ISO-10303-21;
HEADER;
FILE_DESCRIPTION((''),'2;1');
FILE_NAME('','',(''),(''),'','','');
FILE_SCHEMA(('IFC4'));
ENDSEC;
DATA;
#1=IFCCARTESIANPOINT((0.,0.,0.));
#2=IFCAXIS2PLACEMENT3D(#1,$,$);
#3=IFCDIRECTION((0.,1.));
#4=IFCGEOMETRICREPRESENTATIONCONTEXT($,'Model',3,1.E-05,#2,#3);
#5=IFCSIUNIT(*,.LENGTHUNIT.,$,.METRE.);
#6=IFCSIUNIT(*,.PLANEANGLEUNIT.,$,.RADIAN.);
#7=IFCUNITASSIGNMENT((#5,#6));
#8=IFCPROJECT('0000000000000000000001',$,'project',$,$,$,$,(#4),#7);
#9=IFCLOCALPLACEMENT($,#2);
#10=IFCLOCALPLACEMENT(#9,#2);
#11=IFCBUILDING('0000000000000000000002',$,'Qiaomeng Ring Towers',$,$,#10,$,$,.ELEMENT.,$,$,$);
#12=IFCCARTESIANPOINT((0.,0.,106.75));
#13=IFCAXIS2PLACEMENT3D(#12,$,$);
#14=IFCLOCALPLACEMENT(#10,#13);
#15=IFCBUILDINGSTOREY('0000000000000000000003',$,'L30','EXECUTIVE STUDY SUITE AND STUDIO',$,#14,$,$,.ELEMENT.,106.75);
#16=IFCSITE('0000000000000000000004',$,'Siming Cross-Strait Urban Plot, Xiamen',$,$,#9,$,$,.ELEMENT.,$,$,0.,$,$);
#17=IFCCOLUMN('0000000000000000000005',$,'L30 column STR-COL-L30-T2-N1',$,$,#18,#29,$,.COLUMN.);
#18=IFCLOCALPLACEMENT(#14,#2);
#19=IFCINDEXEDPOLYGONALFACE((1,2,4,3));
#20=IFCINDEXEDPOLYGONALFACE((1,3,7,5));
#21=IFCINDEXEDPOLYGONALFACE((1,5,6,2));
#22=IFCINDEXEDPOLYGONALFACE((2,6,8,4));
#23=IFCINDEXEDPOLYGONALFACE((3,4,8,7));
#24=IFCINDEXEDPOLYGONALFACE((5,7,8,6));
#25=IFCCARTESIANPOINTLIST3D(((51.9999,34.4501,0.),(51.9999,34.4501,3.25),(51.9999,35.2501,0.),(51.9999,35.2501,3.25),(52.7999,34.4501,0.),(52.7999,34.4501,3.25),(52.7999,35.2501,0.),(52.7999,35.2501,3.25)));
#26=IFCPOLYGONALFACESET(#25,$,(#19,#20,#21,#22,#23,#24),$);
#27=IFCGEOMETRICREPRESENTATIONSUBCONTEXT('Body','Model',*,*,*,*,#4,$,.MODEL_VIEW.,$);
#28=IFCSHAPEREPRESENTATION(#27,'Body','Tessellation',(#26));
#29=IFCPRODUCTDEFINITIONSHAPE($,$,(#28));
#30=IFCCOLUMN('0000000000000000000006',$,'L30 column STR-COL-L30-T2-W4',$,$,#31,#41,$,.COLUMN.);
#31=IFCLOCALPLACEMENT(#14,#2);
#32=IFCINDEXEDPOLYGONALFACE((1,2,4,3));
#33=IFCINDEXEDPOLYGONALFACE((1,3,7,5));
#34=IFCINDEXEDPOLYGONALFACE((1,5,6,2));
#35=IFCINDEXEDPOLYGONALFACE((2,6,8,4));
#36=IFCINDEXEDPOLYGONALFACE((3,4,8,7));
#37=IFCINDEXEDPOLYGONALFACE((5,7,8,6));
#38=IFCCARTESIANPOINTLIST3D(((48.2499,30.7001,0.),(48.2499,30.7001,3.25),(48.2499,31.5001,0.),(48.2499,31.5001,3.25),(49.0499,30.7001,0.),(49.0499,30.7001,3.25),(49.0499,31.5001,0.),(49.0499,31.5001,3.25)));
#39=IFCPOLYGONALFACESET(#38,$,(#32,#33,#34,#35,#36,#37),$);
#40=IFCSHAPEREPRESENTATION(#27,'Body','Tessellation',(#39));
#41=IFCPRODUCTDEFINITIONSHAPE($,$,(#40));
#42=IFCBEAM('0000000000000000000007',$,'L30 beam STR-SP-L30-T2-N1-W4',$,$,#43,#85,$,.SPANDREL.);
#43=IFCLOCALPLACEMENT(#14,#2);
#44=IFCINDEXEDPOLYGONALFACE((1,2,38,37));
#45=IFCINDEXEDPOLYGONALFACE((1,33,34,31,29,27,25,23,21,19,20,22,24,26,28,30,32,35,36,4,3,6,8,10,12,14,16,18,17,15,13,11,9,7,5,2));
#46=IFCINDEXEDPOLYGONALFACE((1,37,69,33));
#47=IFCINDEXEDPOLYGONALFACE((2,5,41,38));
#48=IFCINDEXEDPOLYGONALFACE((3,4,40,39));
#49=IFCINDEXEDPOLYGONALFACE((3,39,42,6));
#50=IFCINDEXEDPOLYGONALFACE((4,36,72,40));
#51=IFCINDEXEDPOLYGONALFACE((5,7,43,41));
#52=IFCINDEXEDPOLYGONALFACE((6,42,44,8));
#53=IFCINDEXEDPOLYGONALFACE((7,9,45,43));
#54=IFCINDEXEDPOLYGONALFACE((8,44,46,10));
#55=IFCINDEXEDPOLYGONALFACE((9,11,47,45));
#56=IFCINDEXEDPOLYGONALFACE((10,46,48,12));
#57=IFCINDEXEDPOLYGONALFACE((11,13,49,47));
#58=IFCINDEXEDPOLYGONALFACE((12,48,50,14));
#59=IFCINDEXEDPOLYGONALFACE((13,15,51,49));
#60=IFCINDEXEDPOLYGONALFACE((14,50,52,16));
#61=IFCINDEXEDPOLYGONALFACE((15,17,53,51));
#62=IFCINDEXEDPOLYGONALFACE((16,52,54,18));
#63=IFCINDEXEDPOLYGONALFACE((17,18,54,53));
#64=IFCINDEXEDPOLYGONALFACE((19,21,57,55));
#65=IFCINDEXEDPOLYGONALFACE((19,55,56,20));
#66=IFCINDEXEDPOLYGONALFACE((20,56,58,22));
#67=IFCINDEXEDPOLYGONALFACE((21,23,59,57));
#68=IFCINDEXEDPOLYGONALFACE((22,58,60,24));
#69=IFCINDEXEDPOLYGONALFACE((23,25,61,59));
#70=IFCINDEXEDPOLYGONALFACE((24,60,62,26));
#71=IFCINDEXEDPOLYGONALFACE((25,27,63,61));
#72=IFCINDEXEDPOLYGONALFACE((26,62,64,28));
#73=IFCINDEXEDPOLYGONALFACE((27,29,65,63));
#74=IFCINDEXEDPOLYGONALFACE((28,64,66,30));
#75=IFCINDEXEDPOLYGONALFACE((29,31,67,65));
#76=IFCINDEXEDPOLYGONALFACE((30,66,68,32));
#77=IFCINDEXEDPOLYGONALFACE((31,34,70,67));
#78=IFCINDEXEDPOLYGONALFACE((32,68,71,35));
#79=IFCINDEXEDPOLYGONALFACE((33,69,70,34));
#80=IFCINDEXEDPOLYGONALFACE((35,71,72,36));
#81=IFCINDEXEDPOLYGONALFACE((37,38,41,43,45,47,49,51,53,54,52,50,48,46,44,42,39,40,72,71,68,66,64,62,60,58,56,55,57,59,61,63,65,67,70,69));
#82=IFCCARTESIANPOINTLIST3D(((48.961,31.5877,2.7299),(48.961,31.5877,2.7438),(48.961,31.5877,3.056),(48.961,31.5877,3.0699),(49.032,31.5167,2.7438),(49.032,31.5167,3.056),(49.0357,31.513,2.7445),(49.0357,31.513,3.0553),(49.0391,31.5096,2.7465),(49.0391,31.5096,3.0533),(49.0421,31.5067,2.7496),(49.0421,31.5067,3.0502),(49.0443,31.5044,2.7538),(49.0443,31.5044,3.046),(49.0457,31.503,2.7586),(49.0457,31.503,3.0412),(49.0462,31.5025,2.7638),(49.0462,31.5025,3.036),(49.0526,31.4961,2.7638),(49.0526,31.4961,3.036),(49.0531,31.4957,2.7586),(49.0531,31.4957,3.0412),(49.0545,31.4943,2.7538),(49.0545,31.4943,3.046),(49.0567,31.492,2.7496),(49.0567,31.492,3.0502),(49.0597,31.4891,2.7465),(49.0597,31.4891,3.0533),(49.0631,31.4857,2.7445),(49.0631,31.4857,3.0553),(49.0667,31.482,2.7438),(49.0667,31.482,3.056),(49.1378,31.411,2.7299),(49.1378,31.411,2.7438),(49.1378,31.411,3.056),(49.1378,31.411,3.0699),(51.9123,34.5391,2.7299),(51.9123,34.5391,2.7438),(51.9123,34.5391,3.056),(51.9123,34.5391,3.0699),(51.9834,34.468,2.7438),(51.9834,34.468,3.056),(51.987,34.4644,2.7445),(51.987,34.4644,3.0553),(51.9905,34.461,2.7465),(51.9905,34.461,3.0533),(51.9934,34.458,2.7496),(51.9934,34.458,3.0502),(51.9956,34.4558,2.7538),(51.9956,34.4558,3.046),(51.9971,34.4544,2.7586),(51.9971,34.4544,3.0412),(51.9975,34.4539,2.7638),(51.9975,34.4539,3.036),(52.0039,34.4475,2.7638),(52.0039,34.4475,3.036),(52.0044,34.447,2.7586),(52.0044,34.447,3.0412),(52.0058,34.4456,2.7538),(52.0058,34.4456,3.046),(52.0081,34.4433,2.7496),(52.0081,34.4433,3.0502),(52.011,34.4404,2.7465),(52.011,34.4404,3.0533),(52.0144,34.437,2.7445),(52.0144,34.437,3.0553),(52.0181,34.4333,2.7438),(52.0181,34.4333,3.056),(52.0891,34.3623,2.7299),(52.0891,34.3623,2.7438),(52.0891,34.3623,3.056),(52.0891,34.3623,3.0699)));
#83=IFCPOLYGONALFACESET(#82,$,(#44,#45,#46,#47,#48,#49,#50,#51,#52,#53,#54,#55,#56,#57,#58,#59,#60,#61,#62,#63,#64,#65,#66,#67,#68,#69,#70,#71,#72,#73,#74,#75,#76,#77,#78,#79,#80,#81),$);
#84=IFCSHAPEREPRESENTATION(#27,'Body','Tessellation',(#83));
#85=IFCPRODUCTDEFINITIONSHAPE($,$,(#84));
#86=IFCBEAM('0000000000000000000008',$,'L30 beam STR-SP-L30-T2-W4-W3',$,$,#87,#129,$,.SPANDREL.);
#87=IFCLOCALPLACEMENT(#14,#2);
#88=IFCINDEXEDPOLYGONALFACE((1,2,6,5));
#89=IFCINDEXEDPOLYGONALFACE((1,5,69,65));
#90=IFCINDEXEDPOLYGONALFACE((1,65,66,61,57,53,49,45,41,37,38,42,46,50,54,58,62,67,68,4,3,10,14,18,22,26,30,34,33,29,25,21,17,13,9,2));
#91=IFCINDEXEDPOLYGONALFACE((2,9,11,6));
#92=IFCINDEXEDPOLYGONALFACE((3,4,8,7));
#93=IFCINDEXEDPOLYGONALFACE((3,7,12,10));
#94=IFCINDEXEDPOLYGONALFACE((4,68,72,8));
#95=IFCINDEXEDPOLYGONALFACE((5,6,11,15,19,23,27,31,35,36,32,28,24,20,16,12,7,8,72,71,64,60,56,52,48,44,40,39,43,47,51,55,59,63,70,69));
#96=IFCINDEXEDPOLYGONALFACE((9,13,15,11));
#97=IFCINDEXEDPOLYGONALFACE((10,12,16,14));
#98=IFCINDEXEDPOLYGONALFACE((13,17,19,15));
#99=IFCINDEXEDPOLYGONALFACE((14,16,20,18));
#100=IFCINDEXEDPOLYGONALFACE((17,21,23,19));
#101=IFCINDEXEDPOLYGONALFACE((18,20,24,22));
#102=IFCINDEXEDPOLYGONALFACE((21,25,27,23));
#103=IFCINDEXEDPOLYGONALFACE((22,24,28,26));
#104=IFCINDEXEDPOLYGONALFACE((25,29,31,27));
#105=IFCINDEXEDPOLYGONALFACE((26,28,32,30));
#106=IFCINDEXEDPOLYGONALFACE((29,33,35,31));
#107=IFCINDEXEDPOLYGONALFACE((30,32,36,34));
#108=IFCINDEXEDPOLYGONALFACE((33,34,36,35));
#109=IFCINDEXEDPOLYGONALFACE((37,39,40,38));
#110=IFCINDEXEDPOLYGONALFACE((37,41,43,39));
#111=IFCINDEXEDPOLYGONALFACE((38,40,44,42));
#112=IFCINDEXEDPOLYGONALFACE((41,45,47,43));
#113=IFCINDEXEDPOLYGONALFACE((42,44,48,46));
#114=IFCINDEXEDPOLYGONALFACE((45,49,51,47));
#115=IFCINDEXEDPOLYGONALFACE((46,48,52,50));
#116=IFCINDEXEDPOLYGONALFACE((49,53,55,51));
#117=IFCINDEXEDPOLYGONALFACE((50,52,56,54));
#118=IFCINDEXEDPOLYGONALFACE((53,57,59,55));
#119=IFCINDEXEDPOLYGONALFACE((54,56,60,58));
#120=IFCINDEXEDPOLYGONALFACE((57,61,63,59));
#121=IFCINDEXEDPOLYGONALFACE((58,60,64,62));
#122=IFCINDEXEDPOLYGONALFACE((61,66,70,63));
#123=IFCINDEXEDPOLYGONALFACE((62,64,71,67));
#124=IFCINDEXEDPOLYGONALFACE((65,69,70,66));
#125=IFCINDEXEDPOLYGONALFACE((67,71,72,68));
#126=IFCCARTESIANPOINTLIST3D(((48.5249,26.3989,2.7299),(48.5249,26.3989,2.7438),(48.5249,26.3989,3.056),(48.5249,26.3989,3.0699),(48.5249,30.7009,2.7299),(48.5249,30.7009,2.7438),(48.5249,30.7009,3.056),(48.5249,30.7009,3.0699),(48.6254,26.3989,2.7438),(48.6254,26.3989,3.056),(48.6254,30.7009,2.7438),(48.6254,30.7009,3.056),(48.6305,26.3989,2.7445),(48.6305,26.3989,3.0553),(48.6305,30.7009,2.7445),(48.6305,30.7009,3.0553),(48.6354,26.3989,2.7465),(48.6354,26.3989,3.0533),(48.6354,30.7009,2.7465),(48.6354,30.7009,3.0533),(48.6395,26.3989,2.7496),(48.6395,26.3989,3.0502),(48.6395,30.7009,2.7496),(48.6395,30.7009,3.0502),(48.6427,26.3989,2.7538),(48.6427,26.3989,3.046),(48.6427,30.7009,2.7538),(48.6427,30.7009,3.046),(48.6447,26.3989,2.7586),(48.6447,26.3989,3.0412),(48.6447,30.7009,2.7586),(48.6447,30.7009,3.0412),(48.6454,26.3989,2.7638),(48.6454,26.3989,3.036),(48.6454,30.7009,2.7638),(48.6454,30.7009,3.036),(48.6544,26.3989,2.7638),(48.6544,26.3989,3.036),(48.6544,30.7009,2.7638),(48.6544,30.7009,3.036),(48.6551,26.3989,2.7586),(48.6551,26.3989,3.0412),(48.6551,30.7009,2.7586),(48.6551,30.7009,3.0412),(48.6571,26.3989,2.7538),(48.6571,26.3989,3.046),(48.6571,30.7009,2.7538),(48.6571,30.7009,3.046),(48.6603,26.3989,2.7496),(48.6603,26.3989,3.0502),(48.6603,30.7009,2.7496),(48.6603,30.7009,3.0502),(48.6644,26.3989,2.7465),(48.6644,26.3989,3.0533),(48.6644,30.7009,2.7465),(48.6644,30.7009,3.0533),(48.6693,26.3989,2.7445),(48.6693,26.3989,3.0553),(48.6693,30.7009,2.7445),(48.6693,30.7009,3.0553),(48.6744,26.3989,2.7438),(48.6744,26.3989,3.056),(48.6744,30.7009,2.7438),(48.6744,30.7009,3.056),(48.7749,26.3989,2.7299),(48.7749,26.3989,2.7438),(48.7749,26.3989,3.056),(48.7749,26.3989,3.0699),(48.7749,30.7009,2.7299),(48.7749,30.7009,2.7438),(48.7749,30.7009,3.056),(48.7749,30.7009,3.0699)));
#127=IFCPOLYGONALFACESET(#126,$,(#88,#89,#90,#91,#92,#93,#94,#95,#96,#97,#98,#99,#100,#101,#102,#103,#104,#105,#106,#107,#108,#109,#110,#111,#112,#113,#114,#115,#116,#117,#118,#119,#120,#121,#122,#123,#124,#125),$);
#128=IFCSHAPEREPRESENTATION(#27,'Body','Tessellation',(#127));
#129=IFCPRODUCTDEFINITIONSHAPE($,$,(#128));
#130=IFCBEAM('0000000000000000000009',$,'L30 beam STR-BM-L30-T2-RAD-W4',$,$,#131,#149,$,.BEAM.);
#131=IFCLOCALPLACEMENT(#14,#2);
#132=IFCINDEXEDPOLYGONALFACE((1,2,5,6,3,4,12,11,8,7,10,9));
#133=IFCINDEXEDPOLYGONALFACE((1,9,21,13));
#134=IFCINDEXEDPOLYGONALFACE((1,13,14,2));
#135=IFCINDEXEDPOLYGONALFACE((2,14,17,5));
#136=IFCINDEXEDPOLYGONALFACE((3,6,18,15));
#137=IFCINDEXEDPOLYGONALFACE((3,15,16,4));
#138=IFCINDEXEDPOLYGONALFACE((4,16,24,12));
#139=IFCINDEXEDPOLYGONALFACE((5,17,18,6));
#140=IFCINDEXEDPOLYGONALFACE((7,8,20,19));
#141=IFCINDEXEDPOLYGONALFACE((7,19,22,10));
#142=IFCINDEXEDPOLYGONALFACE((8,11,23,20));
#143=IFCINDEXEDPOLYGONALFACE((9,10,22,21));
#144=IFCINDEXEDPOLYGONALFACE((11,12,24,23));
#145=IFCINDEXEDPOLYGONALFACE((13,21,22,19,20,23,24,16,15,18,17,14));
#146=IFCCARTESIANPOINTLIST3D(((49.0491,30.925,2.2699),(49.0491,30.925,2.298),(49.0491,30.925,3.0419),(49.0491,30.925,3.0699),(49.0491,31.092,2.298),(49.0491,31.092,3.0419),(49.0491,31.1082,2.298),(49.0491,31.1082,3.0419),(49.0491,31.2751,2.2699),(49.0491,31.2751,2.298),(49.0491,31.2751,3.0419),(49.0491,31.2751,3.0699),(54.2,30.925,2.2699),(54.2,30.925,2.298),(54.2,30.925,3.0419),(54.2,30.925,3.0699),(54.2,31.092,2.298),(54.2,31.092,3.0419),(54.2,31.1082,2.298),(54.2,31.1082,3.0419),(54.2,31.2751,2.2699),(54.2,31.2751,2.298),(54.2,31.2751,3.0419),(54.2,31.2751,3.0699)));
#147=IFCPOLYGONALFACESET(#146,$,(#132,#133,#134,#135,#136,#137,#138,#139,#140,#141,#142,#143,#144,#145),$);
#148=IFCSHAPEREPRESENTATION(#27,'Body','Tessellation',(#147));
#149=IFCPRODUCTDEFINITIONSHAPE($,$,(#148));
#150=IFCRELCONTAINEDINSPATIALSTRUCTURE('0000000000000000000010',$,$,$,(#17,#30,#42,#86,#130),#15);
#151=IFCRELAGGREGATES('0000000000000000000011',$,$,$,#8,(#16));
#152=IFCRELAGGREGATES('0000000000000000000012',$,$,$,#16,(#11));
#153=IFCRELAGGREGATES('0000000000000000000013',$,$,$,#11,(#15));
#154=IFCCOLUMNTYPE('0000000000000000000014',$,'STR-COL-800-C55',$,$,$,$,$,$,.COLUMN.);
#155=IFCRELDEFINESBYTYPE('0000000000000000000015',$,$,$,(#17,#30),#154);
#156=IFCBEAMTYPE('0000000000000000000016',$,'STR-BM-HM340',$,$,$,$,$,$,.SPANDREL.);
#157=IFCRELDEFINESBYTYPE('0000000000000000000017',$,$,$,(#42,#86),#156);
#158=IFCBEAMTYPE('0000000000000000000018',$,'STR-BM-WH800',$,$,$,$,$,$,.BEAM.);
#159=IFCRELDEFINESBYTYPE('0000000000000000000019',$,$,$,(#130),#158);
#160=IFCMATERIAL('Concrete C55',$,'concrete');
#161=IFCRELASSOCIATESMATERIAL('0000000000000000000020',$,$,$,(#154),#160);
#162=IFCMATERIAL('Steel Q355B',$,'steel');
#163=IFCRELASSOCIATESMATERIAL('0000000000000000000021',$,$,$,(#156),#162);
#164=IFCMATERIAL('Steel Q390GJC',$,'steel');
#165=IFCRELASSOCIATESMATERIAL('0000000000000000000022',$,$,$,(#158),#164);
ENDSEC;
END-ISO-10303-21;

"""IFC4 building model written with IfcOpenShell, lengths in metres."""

from ifc_helpers import new_model, si_unit, direction, frame, origin, origin_2d, place, context, subcontext, project, spatial, rectangle, i_section, extrude, source, transform, mapped, material, material_profile, profile_set, type_object, element, save


model = new_model("IFC4")

# Units and contexts
model_context = context("Model", 3, precision=1e-05, world=origin(), true_north=direction((0.0, 1.0)))
body_context = subcontext(model_context, "Body", "Model", "MODEL_VIEW")
ifc_project = project(units=[si_unit("LENGTHUNIT", "METRE"), si_unit("PLANEANGLEUNIT", "RADIAN")], contexts=[model_context])

# Site, building, storey
site_placement = place(None, origin())
site = spatial("IfcSite", under=ifc_project, at=site_placement, Name="Siming Cross-Strait Urban Plot, Xiamen", CompositionType="ELEMENT", RefElevation=0.0)
building_placement = place(site_placement, origin())
building = spatial("IfcBuilding", under=site, at=building_placement, Name="Qiaomeng Ring Towers", CompositionType="ELEMENT")
storey_placement = place(building_placement, frame((0.0, 0.0, 106.75)))
storey = spatial("IfcBuildingStorey", under=building, at=storey_placement, Name="L30", Description="EXECUTIVE STUDY SUITE AND STUDIO", CompositionType="ELEMENT", Elevation=106.75)

# Columns
ifc_material_1 = material(Name="Concrete C55", Category="concrete")
ifc_material_profile_1 = material_profile(ifc_material_1, rectangle(XDim=0.8, YDim=0.8, at=origin_2d()), Name="RC COL 800x800")
ifc_profile_set_1 = profile_set([ifc_material_profile_1], Name="Concrete C55")
column_type = type_object("IfcColumnType", Name="STR-COL-800-C55", PredefinedType="COLUMN", material=ifc_profile_set_1)
shared_shape_1 = source(origin(), body_context, "Body", "SweptSolid", [
    extrude(rectangle(XDim=0.8, YDim=0.8, at=origin_2d()), origin(), (0.0, 0.0, 1.0), 3.25),
])
for number, where, z_axis, x_axis, name in (
    (1, (52.3999, 34.8501, 0.0), (0.0, 0.0, 1.0), (1.0, 0.0, 0.0), "L30 column STR-COL-L30-T2-N1"),
    (2, (48.6499, 31.1001, 0.0), (0.0, 0.0, 1.0), (1.0, 0.0, 0.0), "L30 column STR-COL-L30-T2-W4"),
):
    element("IfcColumn", number, at=place(storey_placement, frame(where, z_axis=z_axis, x_axis=x_axis)), inside=storey, type_object=column_type, Name=name, PredefinedType="COLUMN", context=body_context, shape_type="MappedRepresentation", body=[
        mapped(shared_shape_1, transform((0.0, 0.0, 0.0), x_axis=(1.0, 0.0, 0.0), y_axis=(0.0, 1.0, 0.0), z_axis=(0.0, 0.0, 1.0), scale=1.0)),
    ])

# Beams
ifc_material_2 = material(Name="Steel Q355B", Category="steel")
ifc_material_profile_2 = material_profile(ifc_material_2, i_section(OverallWidth=0.25, OverallDepth=0.3401, WebThickness=0.009, FlangeThickness=0.0139, FilletRadius=0.02, at=origin_2d()), Name="HM 340x250x9x14")
ifc_profile_set_2 = profile_set([ifc_material_profile_2], Name="Steel Q355B")
beam_type_1 = type_object("IfcBeamType", Name="STR-BM-HM340", PredefinedType="SPANDREL", material=ifc_profile_set_2)
shared_shape_2 = source(origin(), body_context, "Body", "SweptSolid", [
    extrude(i_section(OverallWidth=0.25, OverallDepth=0.3401, WebThickness=0.009, FlangeThickness=0.0139, FilletRadius=0.02, at=origin_2d()), origin(), (0.0, 0.0, 1.0), 4.1738),
])
beam_1_placement = place(storey_placement, frame((52.0007, 34.4507, 2.8999), z_axis=(-0.707107, -0.707107, 0.0), x_axis=(0.707107, -0.707107, 0.0)))
element("IfcBeam", 3, at=beam_1_placement, inside=storey, type_object=beam_type_1, Name="L30 beam STR-SP-L30-T2-N1-W4", PredefinedType="SPANDREL", context=body_context, shape_type="MappedRepresentation", body=[
    mapped(shared_shape_2, transform((0.0, 0.0, 0.0), x_axis=(1.0, 0.0, 0.0), y_axis=(0.0, 1.0, 0.0), z_axis=(0.0, 0.0, 1.0), scale=1.0)),
])
shared_shape_3 = source(origin(), body_context, "Body", "SweptSolid", [
    extrude(i_section(OverallWidth=0.25, OverallDepth=0.3401, WebThickness=0.009, FlangeThickness=0.0139, FilletRadius=0.02, at=origin_2d()), origin(), (0.0, 0.0, 1.0), 4.302),
])
beam_2_placement = place(storey_placement, frame((48.6499, 30.7009, 2.8999), z_axis=(0.0, -1.0, 0.0), x_axis=(1.0, 0.0, 0.0)))
element("IfcBeam", 4, at=beam_2_placement, inside=storey, type_object=beam_type_1, Name="L30 beam STR-SP-L30-T2-W4-W3", PredefinedType="SPANDREL", context=body_context, shape_type="MappedRepresentation", body=[
    mapped(shared_shape_3, transform((0.0, 0.0, 0.0), x_axis=(1.0, 0.0, 0.0), y_axis=(0.0, 1.0, 0.0), z_axis=(0.0, 0.0, 1.0), scale=1.0)),
])
ifc_material_3 = material(Name="Steel Q390GJC", Category="steel")
ifc_material_profile_3 = material_profile(ifc_material_3, i_section(OverallWidth=0.3501, OverallDepth=0.8, WebThickness=0.0161, FlangeThickness=0.0281, at=origin_2d()), Name="WH 800x350x16x28")
ifc_profile_set_3 = profile_set([ifc_material_profile_3], Name="Steel Q390GJC")
beam_type_2 = type_object("IfcBeamType", Name="STR-BM-WH800", PredefinedType="BEAM", material=ifc_profile_set_3)
shared_shape_4 = source(origin(), body_context, "Body", "SweptSolid", [
    extrude(i_section(OverallWidth=0.3501, OverallDepth=0.8, WebThickness=0.0161, FlangeThickness=0.0281, at=origin_2d()), origin(), (0.0, 0.0, 1.0), 5.1509),
])
beam_3_placement = place(storey_placement, frame((49.0491, 31.1001, 2.6699), z_axis=(1.0, 0.0, 0.0), x_axis=(0.0, 1.0, 0.0)))
element("IfcBeam", 5, at=beam_3_placement, inside=storey, type_object=beam_type_2, Name="L30 beam STR-BM-L30-T2-RAD-W4", PredefinedType="BEAM", context=body_context, shape_type="MappedRepresentation", body=[
    mapped(shared_shape_4, transform((0.0, 0.0, 0.0), x_axis=(1.0, 0.0, 0.0), y_axis=(0.0, 1.0, 0.0), z_axis=(0.0, 0.0, 1.0), scale=1.0)),
])

save(model, "model.ifc")
